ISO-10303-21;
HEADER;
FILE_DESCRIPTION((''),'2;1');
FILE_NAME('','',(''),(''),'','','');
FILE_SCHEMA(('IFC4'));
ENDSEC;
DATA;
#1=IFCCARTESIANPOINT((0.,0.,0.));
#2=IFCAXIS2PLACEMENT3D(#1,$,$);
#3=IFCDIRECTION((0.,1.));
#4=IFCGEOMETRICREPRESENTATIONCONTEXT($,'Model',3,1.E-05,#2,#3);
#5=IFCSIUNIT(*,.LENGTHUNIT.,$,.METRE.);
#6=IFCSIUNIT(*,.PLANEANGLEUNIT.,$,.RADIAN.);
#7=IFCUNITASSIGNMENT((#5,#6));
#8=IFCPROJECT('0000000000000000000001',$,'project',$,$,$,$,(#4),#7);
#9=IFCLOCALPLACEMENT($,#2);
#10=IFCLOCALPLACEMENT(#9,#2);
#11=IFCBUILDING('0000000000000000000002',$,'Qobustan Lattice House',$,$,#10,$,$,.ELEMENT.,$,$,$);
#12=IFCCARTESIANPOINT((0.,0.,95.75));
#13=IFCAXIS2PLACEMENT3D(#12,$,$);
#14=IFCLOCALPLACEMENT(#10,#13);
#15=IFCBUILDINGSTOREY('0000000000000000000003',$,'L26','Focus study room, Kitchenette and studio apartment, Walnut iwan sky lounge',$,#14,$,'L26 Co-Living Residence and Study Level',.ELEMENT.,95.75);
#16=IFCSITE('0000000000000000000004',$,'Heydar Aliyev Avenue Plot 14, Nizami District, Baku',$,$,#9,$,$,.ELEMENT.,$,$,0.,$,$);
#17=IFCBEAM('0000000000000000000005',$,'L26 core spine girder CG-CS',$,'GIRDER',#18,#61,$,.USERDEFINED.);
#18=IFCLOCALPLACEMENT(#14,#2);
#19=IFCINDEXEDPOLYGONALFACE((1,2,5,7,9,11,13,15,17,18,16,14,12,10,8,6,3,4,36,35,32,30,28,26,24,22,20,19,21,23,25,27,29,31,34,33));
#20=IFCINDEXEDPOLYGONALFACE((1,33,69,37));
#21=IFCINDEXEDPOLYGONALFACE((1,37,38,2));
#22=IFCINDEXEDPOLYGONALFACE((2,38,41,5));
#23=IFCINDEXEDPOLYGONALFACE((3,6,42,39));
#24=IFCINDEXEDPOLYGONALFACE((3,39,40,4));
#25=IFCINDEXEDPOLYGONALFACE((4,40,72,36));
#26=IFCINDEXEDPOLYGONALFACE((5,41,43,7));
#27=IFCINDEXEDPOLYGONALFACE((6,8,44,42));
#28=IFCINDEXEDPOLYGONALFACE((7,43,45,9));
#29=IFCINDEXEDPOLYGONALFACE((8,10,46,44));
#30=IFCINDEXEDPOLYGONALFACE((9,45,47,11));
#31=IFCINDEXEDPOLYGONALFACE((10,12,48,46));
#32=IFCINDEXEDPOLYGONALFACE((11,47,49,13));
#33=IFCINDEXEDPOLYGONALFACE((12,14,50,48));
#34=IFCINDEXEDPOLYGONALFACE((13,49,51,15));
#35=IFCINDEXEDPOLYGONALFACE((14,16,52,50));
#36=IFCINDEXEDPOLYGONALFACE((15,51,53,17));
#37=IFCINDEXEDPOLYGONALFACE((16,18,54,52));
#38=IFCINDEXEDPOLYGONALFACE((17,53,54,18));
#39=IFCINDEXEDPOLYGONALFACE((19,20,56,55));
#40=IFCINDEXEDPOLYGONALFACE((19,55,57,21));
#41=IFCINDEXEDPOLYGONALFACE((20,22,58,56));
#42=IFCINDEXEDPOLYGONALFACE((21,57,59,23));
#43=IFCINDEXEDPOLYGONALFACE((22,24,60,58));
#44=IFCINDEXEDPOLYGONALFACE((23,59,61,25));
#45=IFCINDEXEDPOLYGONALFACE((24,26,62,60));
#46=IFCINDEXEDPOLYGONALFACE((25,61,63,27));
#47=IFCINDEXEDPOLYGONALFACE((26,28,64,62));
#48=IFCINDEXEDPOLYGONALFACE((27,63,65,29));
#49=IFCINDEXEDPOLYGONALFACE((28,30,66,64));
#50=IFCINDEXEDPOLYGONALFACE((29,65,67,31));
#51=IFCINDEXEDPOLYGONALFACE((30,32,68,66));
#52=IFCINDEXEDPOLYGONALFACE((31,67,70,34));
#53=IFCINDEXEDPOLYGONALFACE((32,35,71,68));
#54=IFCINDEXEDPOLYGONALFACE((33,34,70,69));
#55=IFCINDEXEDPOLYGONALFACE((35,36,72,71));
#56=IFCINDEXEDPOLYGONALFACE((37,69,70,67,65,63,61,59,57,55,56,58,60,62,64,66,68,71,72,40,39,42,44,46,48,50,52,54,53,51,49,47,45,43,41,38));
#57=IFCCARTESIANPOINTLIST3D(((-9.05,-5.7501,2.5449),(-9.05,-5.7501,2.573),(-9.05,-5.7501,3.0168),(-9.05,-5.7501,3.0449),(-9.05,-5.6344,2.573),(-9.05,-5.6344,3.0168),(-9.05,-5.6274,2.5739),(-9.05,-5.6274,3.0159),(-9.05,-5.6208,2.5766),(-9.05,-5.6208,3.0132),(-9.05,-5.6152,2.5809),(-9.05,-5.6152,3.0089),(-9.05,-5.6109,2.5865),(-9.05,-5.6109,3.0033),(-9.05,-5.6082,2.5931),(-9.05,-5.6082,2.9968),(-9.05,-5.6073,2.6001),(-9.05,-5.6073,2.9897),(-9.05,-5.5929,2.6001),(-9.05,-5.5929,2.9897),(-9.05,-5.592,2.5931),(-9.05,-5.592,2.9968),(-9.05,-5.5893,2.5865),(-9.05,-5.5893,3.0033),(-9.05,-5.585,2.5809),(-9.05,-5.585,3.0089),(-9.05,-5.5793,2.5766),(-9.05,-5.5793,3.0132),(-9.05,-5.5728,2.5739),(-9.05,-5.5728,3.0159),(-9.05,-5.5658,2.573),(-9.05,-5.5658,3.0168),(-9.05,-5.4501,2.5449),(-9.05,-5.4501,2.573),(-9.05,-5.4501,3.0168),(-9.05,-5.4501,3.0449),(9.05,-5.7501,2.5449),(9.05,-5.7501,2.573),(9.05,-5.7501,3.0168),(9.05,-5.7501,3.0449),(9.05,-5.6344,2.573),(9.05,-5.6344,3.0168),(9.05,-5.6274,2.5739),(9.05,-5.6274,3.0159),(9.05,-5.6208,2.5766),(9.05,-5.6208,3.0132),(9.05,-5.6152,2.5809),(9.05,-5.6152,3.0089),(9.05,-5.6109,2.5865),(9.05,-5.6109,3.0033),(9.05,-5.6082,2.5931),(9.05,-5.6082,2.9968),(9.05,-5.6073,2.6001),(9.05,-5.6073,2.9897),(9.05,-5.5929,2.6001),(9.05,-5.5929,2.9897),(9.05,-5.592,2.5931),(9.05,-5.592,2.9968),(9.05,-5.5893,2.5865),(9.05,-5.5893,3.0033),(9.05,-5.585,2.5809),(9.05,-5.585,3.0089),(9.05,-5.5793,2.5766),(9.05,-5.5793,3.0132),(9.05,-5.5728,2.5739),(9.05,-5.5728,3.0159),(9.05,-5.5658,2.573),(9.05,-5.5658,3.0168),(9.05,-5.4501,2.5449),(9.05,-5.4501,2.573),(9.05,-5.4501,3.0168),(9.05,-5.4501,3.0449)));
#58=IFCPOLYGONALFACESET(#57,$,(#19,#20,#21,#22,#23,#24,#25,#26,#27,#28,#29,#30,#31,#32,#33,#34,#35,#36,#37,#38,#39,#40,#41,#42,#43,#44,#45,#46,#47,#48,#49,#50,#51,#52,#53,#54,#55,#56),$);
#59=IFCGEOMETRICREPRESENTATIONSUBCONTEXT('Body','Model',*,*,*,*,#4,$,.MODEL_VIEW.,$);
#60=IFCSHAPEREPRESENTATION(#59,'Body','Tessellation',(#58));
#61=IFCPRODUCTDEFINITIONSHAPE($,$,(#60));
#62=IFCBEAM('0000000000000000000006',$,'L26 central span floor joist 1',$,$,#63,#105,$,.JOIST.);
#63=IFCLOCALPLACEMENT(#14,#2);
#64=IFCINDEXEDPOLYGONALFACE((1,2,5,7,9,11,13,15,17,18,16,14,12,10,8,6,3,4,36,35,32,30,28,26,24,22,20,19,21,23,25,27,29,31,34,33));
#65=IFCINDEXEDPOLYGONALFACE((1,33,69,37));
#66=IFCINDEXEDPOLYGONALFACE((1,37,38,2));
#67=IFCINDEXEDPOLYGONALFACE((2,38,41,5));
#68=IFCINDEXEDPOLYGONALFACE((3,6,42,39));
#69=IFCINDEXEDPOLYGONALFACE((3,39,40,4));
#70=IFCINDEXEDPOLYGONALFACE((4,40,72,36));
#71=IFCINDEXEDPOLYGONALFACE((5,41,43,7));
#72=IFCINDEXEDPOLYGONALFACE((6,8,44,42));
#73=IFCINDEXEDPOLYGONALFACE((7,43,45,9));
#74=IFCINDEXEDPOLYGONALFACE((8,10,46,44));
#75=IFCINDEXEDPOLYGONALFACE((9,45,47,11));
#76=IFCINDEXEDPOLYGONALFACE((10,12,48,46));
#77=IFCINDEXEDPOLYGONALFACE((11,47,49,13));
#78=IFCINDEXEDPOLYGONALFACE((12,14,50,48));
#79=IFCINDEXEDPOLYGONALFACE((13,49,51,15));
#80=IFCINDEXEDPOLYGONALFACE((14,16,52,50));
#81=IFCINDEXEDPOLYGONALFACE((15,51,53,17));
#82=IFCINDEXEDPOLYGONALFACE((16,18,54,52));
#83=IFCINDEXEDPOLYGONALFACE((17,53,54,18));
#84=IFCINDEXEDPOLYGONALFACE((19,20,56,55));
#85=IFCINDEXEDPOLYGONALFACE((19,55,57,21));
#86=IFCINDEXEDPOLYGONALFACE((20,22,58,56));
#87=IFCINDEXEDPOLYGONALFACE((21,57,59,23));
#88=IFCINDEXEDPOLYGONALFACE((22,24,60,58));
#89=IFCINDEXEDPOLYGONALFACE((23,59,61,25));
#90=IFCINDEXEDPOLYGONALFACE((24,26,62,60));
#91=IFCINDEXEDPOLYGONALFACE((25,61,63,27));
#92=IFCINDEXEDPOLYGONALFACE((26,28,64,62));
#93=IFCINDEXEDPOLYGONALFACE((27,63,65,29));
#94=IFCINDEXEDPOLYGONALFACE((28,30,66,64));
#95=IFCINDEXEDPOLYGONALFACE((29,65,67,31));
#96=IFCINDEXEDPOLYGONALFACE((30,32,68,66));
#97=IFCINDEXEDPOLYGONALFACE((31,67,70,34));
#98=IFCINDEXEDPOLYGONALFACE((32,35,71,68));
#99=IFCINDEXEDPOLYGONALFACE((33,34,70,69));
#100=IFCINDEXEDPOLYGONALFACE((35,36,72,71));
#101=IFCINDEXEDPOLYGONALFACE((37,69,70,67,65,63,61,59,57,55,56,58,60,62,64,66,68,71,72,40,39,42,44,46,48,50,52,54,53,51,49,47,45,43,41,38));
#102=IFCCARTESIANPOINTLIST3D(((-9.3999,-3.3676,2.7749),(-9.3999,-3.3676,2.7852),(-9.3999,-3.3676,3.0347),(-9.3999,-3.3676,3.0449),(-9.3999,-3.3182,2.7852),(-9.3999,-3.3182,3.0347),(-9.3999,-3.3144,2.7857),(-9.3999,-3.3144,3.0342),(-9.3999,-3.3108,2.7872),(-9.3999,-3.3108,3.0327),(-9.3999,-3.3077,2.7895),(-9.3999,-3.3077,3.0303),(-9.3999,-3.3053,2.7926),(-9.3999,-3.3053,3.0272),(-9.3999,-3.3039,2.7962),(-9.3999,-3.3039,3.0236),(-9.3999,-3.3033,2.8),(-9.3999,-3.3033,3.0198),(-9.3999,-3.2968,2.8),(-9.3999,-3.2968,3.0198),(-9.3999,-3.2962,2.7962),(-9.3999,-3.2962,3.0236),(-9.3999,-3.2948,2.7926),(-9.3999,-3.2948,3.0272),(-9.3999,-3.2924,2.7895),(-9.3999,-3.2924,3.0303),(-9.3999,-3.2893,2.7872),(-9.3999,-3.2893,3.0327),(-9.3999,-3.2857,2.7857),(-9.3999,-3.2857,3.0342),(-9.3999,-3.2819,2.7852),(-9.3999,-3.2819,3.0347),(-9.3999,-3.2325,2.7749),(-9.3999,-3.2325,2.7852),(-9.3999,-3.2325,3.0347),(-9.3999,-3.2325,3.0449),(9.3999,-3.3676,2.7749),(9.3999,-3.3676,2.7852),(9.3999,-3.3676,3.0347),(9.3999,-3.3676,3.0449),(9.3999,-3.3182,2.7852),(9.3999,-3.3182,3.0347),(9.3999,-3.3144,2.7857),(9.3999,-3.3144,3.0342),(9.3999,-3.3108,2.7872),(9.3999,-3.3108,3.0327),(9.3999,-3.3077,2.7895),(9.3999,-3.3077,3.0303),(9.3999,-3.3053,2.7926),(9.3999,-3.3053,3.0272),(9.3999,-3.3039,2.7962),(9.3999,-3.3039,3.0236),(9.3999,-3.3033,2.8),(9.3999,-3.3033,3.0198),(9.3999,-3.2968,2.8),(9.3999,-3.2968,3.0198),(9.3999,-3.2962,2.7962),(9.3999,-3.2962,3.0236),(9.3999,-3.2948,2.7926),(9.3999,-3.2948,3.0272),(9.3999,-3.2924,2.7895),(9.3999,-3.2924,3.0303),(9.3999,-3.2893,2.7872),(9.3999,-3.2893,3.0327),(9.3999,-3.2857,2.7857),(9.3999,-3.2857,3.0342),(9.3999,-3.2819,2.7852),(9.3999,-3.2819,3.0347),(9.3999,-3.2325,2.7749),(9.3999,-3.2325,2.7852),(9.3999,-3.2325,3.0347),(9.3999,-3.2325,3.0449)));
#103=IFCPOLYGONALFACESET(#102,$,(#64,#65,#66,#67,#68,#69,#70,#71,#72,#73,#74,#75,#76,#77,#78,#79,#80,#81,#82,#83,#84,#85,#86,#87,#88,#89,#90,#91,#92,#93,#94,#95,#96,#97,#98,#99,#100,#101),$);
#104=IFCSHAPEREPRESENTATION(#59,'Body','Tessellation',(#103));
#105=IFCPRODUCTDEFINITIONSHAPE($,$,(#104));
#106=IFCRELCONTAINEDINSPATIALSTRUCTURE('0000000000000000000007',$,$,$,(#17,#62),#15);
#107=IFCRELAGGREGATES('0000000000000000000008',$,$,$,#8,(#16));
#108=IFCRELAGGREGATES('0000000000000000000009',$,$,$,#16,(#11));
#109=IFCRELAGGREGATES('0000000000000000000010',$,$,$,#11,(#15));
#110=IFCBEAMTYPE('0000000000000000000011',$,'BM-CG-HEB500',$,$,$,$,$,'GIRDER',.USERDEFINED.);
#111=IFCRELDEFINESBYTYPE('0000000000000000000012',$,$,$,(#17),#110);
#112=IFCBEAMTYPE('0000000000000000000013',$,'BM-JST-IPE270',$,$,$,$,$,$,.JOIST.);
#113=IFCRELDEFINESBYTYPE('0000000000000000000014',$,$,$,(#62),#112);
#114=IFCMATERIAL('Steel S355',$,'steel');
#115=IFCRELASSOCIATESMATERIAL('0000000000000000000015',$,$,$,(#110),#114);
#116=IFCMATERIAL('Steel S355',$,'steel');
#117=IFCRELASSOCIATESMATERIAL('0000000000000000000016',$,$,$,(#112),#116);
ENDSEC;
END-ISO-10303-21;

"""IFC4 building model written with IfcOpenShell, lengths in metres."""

from ifc_helpers import new_model, si_unit, direction, frame, origin, origin_2d, place, context, subcontext, project, spatial, i_section, extrude, material, material_profile, profile_set, type_object, element, save


model = new_model("IFC4")

# Units and contexts
model_context = context("Model", 3, precision=1e-05, world=origin(), true_north=direction((0.0, 1.0)))
body_context = subcontext(model_context, "Body", "Model", "MODEL_VIEW")
ifc_project = project(units=[si_unit("LENGTHUNIT", "METRE"), si_unit("PLANEANGLEUNIT", "RADIAN")], contexts=[model_context])

# Site, building, storey
site_placement = place(None, origin())
site = spatial("IfcSite", under=ifc_project, at=site_placement, Name="Heydar Aliyev Avenue Plot 14, Nizami District, Baku", CompositionType="ELEMENT", RefElevation=0.0)
building_placement = place(site_placement, origin())
building = spatial("IfcBuilding", under=site, at=building_placement, Name="Qobustan Lattice House", CompositionType="ELEMENT")
storey_placement = place(building_placement, frame((0.0, 0.0, 95.75)))
storey = spatial("IfcBuildingStorey", under=building, at=storey_placement, Name="L26", Description="Focus study room, Kitchenette and studio apartment, Walnut iwan sky lounge", LongName="L26 Co-Living Residence and Study Level", CompositionType="ELEMENT", Elevation=95.75)

# Beams
ifc_material_1 = material(Name="Steel S355", Category="steel")
ifc_material_profile_1 = material_profile(ifc_material_1, i_section(OverallWidth=0.3, OverallDepth=0.5, WebThickness=0.0144, FlangeThickness=0.0281, FilletRadius=0.0271, at=origin_2d()), Name="HEB500")
ifc_profile_set_1 = profile_set([ifc_material_profile_1], Name="Steel S355")
beam_type_1 = type_object("IfcBeamType", Name="BM-CG-HEB500", ElementType="GIRDER", PredefinedType="USERDEFINED", material=ifc_profile_set_1)
beam_1_placement = place(storey_placement, frame((-9.05, -5.6001, 2.7949), z_axis=(1.0, 0.0, 0.0), x_axis=(0.0, 1.0, 0.0)))
element("IfcBeam", 1, at=beam_1_placement, inside=storey, type_object=beam_type_1, Name="L26 core spine girder CG-CS", ObjectType="GIRDER", PredefinedType="USERDEFINED", context=body_context, shape_type="SweptSolid", body=[
    extrude(i_section(OverallWidth=0.3, OverallDepth=0.5, WebThickness=0.0144, FlangeThickness=0.0281, FilletRadius=0.0271, at=origin_2d()), origin(), (0.0, 0.0, 1.0), 18.1001),
])
ifc_material_2 = material(Name="Steel S355", Category="steel")
ifc_material_profile_2 = material_profile(ifc_material_2, i_section(OverallWidth=0.135, OverallDepth=0.27, WebThickness=0.0066, FlangeThickness=0.0103, FilletRadius=0.0149, at=origin_2d()), Name="IPE270")
ifc_profile_set_2 = profile_set([ifc_material_profile_2], Name="Steel S355")
beam_type_2 = type_object("IfcBeamType", Name="BM-JST-IPE270", PredefinedType="JOIST", material=ifc_profile_set_2)
beam_2_placement = place(storey_placement, frame((-9.3999, -3.3, 2.9099), z_axis=(1.0, 0.0, 0.0), x_axis=(0.0, 1.0, 0.0)))
element("IfcBeam", 2, at=beam_2_placement, inside=storey, type_object=beam_type_2, Name="L26 central span floor joist 1", PredefinedType="JOIST", context=body_context, shape_type="SweptSolid", body=[
    extrude(i_section(OverallWidth=0.135, OverallDepth=0.27, WebThickness=0.0066, FlangeThickness=0.0103, FilletRadius=0.0149, at=origin_2d()), origin(), (0.0, 0.0, 1.0), 18.7998),
])

save(model, "model.ifc")
